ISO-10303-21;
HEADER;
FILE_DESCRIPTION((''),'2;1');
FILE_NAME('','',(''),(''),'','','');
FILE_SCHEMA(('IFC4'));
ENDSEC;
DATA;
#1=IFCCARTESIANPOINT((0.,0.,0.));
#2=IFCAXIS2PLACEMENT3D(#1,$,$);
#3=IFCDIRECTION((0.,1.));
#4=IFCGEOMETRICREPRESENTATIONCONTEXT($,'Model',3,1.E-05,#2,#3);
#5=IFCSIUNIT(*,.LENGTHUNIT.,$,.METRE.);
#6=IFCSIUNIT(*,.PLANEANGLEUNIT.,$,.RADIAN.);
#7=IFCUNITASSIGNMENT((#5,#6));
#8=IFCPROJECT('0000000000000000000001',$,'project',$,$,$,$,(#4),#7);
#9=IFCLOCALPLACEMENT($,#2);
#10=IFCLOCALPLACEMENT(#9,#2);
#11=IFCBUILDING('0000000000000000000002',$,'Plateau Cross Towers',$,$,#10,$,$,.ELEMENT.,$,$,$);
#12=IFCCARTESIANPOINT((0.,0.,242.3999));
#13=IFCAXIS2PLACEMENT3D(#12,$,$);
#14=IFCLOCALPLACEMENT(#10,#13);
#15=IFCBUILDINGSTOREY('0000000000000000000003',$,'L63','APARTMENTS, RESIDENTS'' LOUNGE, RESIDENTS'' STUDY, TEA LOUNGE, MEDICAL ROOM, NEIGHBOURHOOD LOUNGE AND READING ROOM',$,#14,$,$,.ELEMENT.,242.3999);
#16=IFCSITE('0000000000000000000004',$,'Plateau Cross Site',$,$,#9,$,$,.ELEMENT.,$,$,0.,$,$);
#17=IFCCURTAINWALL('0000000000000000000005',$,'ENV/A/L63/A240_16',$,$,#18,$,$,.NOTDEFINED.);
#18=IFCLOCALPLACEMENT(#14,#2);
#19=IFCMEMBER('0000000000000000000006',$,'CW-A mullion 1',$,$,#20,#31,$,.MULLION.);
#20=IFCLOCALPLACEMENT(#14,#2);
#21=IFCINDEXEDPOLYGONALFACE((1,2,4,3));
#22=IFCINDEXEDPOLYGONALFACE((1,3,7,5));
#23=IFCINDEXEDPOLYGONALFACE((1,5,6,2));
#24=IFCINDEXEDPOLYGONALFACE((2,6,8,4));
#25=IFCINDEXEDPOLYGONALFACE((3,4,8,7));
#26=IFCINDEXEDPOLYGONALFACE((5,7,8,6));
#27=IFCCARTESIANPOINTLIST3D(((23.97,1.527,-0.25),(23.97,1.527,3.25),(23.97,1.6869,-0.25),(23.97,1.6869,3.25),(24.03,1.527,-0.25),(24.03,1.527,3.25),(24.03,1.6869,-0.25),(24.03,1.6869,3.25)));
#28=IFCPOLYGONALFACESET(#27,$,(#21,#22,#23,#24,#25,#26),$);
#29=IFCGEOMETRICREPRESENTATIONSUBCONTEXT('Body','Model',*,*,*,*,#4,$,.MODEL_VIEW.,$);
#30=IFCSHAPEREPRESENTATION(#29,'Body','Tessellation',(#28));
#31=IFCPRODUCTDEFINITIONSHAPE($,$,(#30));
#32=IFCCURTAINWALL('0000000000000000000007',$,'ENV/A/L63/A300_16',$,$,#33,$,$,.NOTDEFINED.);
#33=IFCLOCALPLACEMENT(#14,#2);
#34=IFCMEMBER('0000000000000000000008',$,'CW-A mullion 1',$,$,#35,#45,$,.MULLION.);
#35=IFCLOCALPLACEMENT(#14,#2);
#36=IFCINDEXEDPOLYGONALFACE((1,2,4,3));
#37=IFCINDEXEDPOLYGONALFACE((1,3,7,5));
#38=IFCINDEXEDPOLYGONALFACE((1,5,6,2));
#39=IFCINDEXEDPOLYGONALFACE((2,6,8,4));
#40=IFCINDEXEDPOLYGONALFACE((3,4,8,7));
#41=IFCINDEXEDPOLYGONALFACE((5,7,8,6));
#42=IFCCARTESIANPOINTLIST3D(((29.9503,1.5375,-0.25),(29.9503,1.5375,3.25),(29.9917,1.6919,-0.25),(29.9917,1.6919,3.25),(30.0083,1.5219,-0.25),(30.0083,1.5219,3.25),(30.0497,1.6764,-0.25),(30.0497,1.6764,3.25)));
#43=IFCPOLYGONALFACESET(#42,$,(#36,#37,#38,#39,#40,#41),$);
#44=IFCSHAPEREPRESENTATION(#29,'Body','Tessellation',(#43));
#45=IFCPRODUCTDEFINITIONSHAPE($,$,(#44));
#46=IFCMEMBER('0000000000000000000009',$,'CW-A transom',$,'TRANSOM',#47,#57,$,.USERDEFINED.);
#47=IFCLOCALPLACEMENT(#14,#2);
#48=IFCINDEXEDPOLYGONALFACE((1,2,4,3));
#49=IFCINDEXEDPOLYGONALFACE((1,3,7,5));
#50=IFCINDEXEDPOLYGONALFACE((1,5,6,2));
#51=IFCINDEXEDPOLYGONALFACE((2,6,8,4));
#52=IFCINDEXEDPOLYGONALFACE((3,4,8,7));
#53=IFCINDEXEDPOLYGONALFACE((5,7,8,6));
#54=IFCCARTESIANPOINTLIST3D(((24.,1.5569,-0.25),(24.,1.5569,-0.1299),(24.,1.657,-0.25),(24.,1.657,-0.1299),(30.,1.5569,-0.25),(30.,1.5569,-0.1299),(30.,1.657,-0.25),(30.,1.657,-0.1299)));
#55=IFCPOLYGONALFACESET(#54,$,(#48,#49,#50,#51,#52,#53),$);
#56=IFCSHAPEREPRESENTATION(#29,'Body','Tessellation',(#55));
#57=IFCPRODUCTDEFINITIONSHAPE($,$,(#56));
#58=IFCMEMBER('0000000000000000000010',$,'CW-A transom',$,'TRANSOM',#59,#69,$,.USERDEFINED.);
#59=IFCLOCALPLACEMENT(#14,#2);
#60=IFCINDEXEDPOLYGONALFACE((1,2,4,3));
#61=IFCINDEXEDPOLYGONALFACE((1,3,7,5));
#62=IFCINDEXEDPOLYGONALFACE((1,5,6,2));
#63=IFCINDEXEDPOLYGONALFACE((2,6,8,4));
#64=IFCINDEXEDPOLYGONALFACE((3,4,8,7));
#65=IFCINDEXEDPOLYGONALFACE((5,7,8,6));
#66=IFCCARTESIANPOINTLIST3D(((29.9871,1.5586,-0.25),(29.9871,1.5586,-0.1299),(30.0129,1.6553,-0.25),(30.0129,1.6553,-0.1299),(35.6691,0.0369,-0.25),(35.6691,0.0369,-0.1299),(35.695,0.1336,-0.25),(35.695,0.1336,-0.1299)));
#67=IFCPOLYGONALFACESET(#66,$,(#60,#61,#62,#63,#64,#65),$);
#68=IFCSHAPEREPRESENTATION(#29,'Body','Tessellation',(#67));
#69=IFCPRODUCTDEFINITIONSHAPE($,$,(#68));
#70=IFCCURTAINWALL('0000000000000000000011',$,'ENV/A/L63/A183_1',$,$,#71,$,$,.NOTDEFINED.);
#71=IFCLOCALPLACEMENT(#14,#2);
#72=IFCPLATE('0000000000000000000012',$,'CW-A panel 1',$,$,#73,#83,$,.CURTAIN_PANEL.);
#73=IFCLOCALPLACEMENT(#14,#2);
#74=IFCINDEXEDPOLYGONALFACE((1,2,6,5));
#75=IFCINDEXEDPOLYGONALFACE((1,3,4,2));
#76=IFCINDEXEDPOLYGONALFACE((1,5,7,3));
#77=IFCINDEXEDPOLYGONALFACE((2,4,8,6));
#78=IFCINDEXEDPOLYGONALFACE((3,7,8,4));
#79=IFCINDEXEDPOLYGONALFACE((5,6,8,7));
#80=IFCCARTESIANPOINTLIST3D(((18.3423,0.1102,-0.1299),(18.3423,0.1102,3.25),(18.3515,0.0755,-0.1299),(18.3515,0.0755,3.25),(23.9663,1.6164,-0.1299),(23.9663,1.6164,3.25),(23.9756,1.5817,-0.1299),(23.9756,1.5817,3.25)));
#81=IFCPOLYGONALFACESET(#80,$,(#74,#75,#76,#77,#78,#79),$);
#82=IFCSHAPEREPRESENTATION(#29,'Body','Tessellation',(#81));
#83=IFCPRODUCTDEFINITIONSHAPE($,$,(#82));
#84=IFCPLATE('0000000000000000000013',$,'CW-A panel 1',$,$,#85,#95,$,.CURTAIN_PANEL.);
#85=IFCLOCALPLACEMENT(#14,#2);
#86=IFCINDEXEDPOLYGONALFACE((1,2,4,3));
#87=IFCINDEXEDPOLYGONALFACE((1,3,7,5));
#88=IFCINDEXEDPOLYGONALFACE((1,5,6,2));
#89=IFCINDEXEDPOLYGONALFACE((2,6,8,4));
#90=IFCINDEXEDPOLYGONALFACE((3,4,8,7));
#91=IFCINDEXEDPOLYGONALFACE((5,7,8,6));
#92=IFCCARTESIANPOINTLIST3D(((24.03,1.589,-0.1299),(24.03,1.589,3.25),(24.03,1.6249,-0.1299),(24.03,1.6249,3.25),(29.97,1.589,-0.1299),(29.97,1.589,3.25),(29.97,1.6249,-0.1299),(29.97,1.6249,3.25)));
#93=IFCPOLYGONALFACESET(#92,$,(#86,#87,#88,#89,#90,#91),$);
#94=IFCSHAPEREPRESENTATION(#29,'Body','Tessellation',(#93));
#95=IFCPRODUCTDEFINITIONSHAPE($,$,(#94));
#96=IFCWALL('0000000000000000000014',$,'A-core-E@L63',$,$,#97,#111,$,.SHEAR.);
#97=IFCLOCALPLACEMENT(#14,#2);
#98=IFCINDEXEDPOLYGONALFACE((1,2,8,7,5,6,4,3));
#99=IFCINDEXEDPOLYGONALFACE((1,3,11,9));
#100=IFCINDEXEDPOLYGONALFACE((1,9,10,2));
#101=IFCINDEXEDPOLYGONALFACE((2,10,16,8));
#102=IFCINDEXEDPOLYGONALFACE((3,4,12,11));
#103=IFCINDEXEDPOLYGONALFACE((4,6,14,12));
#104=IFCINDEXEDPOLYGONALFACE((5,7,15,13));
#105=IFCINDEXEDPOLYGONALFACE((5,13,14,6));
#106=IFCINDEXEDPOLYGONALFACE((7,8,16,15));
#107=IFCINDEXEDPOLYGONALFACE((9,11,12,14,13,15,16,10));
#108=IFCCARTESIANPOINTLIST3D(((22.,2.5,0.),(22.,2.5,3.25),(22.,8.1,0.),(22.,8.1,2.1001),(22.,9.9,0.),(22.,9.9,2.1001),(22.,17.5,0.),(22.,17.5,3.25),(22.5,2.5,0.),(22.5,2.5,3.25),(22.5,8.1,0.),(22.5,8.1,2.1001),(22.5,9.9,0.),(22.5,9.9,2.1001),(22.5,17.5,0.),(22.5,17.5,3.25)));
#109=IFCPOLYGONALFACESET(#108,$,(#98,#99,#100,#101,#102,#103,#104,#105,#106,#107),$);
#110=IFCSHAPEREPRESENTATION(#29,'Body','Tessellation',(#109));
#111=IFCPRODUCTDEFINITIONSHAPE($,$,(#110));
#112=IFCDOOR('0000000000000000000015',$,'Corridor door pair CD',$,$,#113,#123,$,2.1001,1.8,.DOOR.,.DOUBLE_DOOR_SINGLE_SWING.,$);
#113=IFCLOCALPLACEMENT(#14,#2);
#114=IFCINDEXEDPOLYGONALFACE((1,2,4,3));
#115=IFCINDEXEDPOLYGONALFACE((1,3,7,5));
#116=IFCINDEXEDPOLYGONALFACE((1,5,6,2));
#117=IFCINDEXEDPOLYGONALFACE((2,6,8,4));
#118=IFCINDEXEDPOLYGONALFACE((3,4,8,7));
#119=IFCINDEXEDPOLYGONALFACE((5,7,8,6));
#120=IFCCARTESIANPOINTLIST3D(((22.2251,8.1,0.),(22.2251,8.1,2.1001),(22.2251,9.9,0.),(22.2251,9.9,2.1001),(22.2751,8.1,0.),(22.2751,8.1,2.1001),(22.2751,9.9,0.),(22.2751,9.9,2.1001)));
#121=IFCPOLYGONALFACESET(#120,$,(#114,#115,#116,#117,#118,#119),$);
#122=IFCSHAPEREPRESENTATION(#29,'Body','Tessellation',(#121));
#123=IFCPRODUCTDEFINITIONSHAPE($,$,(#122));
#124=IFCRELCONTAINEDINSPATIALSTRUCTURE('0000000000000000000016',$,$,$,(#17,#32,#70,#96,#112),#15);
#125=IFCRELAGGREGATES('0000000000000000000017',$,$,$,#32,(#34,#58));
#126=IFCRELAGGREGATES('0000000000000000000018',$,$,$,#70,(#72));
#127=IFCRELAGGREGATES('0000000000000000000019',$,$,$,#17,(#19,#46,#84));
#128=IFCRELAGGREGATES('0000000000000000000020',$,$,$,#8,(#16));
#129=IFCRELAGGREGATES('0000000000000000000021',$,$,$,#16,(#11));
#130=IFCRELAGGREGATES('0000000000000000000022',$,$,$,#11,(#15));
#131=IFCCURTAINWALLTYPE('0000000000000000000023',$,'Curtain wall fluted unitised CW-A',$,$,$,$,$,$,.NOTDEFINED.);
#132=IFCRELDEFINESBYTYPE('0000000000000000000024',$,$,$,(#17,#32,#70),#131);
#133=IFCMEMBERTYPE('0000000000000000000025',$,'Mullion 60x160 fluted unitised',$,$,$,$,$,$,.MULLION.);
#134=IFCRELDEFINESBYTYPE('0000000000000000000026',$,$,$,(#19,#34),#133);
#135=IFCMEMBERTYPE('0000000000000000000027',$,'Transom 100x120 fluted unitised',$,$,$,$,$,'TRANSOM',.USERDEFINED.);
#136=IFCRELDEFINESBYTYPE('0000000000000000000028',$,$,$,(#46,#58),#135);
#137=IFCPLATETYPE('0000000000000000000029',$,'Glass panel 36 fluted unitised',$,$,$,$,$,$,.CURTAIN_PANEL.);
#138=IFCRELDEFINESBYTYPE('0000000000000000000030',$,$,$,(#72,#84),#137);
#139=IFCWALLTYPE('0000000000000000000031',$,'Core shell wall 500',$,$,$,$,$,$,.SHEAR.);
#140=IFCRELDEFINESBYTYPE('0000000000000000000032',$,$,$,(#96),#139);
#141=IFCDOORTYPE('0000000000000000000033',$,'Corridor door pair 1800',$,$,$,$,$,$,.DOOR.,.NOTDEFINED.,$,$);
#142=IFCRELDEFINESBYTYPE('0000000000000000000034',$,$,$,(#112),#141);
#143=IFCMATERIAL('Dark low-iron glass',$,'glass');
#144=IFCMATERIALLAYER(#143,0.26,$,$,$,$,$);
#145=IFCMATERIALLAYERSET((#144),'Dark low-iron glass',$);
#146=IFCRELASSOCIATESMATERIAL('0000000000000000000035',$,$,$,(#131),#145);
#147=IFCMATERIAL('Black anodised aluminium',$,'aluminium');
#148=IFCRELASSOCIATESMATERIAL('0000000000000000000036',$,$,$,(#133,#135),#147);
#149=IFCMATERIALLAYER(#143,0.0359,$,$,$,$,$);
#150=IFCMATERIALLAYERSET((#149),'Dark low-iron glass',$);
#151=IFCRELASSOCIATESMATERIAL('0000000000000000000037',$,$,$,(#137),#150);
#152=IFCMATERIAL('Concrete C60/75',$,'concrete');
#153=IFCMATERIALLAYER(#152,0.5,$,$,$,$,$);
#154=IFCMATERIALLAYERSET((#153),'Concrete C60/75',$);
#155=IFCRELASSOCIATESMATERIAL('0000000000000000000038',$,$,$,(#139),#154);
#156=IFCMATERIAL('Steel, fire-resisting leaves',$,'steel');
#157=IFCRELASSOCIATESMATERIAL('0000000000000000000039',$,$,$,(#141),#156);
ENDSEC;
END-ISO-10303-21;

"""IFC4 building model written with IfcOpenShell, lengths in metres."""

from ifc_helpers import new_model, si_unit, direction, frame, frame_2d, origin, origin_2d, place, context, subcontext, project, spatial, rectangle, extrude, material, layer, layer_set, material_profile, profile_set, type_object, element, fill, aggregate, save


model = new_model("IFC4")

# Units and contexts
model_context = context("Model", 3, precision=1e-05, world=origin(), true_north=direction((0.0, 1.0)))
body_context = subcontext(model_context, "Body", "Model", "MODEL_VIEW")
ifc_project = project(units=[si_unit("LENGTHUNIT", "METRE"), si_unit("PLANEANGLEUNIT", "RADIAN")], contexts=[model_context])

# Site, building, storey
site_placement = place(None, origin())
site = spatial("IfcSite", under=ifc_project, at=site_placement, Name="Plateau Cross Site", CompositionType="ELEMENT", RefElevation=0.0)
building_placement = place(site_placement, origin())
building = spatial("IfcBuilding", under=site, at=building_placement, Name="Plateau Cross Towers", CompositionType="ELEMENT")
storey_placement = place(building_placement, frame((0.0, 0.0, 242.3999)))
storey = spatial("IfcBuildingStorey", under=building, at=storey_placement, Name="L63", Description="APARTMENTS, RESIDENTS' LOUNGE, RESIDENTS' STUDY, TEA LOUNGE, MEDICAL ROOM, NEIGHBOURHOOD LOUNGE AND READING ROOM", CompositionType="ELEMENT", Elevation=242.3999)

# Curtain walls, members
ifc_material_1 = material(Name="Dark low-iron glass", Category="glass")
ifc_layer_1 = layer(ifc_material_1, 0.26)
ifc_layer_set_1 = layer_set([ifc_layer_1], Name="Dark low-iron glass")
curtain_wall_type = type_object("IfcCurtainWallType", Name="Curtain wall fluted unitised CW-A", PredefinedType="NOTDEFINED", material=ifc_layer_set_1)
curtain_wall_1_placement = place(storey_placement, origin())
curtain_wall_1 = element("IfcCurtainWall", 1, at=curtain_wall_1_placement, inside=storey, type_object=curtain_wall_type, Name="ENV/A/L63/A240_16", PredefinedType="NOTDEFINED")
ifc_material_2 = material(Name="Black anodised aluminium", Category="aluminium")
ifc_material_profile_1 = material_profile(ifc_material_2, rectangle(XDim=0.0601, YDim=0.1599, at=origin_2d()), Name="MULLION 60x160")
ifc_profile_set_1 = profile_set([ifc_material_profile_1], Name="Black anodised aluminium")
member_type_1 = type_object("IfcMemberType", Name="Mullion 60x160 fluted unitised", PredefinedType="MULLION", material=ifc_profile_set_1)
member_1_placement = place(storey_placement, frame((24.0, 1.6069, -0.25), z_axis=(0.0, 0.0, 1.0), x_axis=(1.0, 0.0, 0.0)))
member_1 = element("IfcMember", 2, at=member_1_placement, type_object=member_type_1, Name="CW-A mullion 1", PredefinedType="MULLION", context=body_context, shape_type="SweptSolid", body=[
    extrude(rectangle(XDim=0.0601, YDim=0.1599, at=origin_2d()), origin(), (0.0, 0.0, 1.0), 3.5),
])
curtain_wall_2_placement = place(storey_placement, origin())
curtain_wall_2 = element("IfcCurtainWall", 3, at=curtain_wall_2_placement, inside=storey, type_object=curtain_wall_type, Name="ENV/A/L63/A300_16", PredefinedType="NOTDEFINED")
member_2_placement = place(storey_placement, frame((30.0, 1.6069, -0.25), z_axis=(0.0, 0.0, 1.0), x_axis=(0.965958, -0.258699, 0.0)))
member_2 = element("IfcMember", 4, at=member_2_placement, type_object=member_type_1, Name="CW-A mullion 1", PredefinedType="MULLION", context=body_context, shape_type="SweptSolid", body=[
    extrude(rectangle(XDim=0.0601, YDim=0.1599, at=origin_2d()), origin(), (0.0, 0.0, 1.0), 3.5),
])

# Members
ifc_material_profile_2 = material_profile(ifc_material_2, rectangle(XDim=0.1001, YDim=0.1201, at=origin_2d()), Name="TRANSOM 100x120")
ifc_profile_set_2 = profile_set([ifc_material_profile_2], Name="Black anodised aluminium")
member_type_2 = type_object("IfcMemberType", Name="Transom 100x120 fluted unitised", ElementType="TRANSOM", PredefinedType="USERDEFINED", material=ifc_profile_set_2)
member_3_placement = place(storey_placement, frame((24.0, 1.6069, -0.1899), z_axis=(1.0, 0.0, 0.0), x_axis=(0.0, 1.0, 0.0)))
member_3 = element("IfcMember", 5, at=member_3_placement, type_object=member_type_2, Name="CW-A transom", ObjectType="TRANSOM", PredefinedType="USERDEFINED", context=body_context, shape_type="SweptSolid", body=[
    extrude(rectangle(XDim=0.1001, YDim=0.1201, at=origin_2d()), origin(), (0.0, 0.0, 1.0), 6.0),
])
member_4_placement = place(storey_placement, frame((30.0, 1.6069, -0.1899), z_axis=(0.96596, -0.258693, 0.0), x_axis=(0.258693, 0.96596, 0.0)))
member_4 = element("IfcMember", 6, at=member_4_placement, type_object=member_type_2, Name="CW-A transom", ObjectType="TRANSOM", PredefinedType="USERDEFINED", context=body_context, shape_type="SweptSolid", body=[
    extrude(rectangle(XDim=0.1001, YDim=0.1201, at=origin_2d()), origin(), (0.0, 0.0, 1.0), 5.8823),
])
aggregate(curtain_wall_2, [member_2, member_4])

# Curtain wall, plate
curtain_wall_3_placement = place(storey_placement, origin())
curtain_wall_3 = element("IfcCurtainWall", 7, at=curtain_wall_3_placement, inside=storey, type_object=curtain_wall_type, Name="ENV/A/L63/A183_1", PredefinedType="NOTDEFINED")
ifc_layer_2 = layer(ifc_material_1, 0.0359)
ifc_layer_set_2 = layer_set([ifc_layer_2], Name="Dark low-iron glass")
plate_type = type_object("IfcPlateType", Name="Glass panel 36 fluted unitised", PredefinedType="CURTAIN_PANEL", material=ifc_layer_set_2)
plate_1_placement = place(storey_placement, frame((21.1589, 0.8459, -0.1299), z_axis=(0.0, 0.0, 1.0), x_axis=(0.965958, 0.258699, 0.0)))
plate_1 = element("IfcPlate", 8, at=plate_1_placement, type_object=plate_type, Name="CW-A panel 1", PredefinedType="CURTAIN_PANEL", context=body_context, shape_type="SweptSolid", body=[
    extrude(rectangle(XDim=5.8223, YDim=0.0359, at=origin_2d()), origin(), (0.0, 0.0, 1.0), 3.3799),
])
aggregate(curtain_wall_3, [plate_1])

# Plate
plate_2_placement = place(storey_placement, frame((27.0, 1.6069, -0.1299), z_axis=(0.0, 0.0, 1.0), x_axis=(1.0, 0.0, 0.0)))
plate_2 = element("IfcPlate", 9, at=plate_2_placement, type_object=plate_type, Name="CW-A panel 1", PredefinedType="CURTAIN_PANEL", context=body_context, shape_type="SweptSolid", body=[
    extrude(rectangle(XDim=5.9399, YDim=0.0359, at=origin_2d()), origin(), (0.0, 0.0, 1.0), 3.3799),
])
aggregate(curtain_wall_1, [member_1, member_3, plate_2])

# Wall, opening, door
ifc_material_3 = material(Name="Concrete C60/75", Category="concrete")
ifc_layer_3 = layer(ifc_material_3, 0.5)
ifc_layer_set_3 = layer_set([ifc_layer_3], Name="Concrete C60/75")
wall_type_1 = type_object("IfcWallType", Name="Core shell wall 500", PredefinedType="SHEAR", material=ifc_layer_set_3)
wall_1_placement = place(storey_placement, frame((22.25, 2.5, 0.0), z_axis=(0.0, 0.0, 1.0), x_axis=(0.0, 1.0, 0.0)))
wall_1 = element("IfcWall", 10, at=wall_1_placement, inside=storey, type_object=wall_type_1, Name="A-core-E@L63", PredefinedType="SHEAR", context=body_context, shape_type="SweptSolid", body=[
    extrude(rectangle(XDim=15.0, YDim=0.5, at=frame_2d((7.5, 0.0))), origin(), (0.0, 0.0, 1.0), 3.25),
])
opening_1_placement = place(wall_1_placement, frame((5.6001, 0.0, 0.0)))
opening_1 = element("IfcOpeningElement", 11, at=opening_1_placement, cuts=wall_1, PredefinedType="OPENING", context=body_context, shape_type="SweptSolid", body=[
    extrude(rectangle(XDim=1.8, YDim=2.1001, at=frame_2d((0.8999, 1.05))), frame((0.0, 0.26, 0.0), z_axis=(0.0, -1.0, 0.0), x_axis=(1.0, 0.0, 0.0)), (0.0, 0.0, 1.0), 0.52),
])
ifc_material_4 = material(Name="Steel, fire-resisting leaves", Category="steel")
door_type_1 = type_object("IfcDoorType", Name="Corridor door pair 1800", OperationType="NOTDEFINED", PredefinedType="DOOR", material=ifc_material_4)
door_1_placement = place(opening_1_placement, origin())
door_1 = element("IfcDoor", 12, at=door_1_placement, inside=storey, type_object=door_type_1, Name="Corridor door pair CD", OperationType="DOUBLE_DOOR_SINGLE_SWING", OverallHeight=2.1001, OverallWidth=1.8, PredefinedType="DOOR", context=body_context, shape_type="SweptSolid", body=[
    extrude(rectangle(XDim=1.8, YDim=2.1001, at=frame_2d((0.8999, 1.05))), frame((0.0, 0.0249, 0.0), z_axis=(0.0, -1.0, 0.0), x_axis=(1.0, 0.0, 0.0)), (0.0, 0.0, 1.0), 0.05),
])
fill(opening_1, door_1)

save(model, "model.ifc")
